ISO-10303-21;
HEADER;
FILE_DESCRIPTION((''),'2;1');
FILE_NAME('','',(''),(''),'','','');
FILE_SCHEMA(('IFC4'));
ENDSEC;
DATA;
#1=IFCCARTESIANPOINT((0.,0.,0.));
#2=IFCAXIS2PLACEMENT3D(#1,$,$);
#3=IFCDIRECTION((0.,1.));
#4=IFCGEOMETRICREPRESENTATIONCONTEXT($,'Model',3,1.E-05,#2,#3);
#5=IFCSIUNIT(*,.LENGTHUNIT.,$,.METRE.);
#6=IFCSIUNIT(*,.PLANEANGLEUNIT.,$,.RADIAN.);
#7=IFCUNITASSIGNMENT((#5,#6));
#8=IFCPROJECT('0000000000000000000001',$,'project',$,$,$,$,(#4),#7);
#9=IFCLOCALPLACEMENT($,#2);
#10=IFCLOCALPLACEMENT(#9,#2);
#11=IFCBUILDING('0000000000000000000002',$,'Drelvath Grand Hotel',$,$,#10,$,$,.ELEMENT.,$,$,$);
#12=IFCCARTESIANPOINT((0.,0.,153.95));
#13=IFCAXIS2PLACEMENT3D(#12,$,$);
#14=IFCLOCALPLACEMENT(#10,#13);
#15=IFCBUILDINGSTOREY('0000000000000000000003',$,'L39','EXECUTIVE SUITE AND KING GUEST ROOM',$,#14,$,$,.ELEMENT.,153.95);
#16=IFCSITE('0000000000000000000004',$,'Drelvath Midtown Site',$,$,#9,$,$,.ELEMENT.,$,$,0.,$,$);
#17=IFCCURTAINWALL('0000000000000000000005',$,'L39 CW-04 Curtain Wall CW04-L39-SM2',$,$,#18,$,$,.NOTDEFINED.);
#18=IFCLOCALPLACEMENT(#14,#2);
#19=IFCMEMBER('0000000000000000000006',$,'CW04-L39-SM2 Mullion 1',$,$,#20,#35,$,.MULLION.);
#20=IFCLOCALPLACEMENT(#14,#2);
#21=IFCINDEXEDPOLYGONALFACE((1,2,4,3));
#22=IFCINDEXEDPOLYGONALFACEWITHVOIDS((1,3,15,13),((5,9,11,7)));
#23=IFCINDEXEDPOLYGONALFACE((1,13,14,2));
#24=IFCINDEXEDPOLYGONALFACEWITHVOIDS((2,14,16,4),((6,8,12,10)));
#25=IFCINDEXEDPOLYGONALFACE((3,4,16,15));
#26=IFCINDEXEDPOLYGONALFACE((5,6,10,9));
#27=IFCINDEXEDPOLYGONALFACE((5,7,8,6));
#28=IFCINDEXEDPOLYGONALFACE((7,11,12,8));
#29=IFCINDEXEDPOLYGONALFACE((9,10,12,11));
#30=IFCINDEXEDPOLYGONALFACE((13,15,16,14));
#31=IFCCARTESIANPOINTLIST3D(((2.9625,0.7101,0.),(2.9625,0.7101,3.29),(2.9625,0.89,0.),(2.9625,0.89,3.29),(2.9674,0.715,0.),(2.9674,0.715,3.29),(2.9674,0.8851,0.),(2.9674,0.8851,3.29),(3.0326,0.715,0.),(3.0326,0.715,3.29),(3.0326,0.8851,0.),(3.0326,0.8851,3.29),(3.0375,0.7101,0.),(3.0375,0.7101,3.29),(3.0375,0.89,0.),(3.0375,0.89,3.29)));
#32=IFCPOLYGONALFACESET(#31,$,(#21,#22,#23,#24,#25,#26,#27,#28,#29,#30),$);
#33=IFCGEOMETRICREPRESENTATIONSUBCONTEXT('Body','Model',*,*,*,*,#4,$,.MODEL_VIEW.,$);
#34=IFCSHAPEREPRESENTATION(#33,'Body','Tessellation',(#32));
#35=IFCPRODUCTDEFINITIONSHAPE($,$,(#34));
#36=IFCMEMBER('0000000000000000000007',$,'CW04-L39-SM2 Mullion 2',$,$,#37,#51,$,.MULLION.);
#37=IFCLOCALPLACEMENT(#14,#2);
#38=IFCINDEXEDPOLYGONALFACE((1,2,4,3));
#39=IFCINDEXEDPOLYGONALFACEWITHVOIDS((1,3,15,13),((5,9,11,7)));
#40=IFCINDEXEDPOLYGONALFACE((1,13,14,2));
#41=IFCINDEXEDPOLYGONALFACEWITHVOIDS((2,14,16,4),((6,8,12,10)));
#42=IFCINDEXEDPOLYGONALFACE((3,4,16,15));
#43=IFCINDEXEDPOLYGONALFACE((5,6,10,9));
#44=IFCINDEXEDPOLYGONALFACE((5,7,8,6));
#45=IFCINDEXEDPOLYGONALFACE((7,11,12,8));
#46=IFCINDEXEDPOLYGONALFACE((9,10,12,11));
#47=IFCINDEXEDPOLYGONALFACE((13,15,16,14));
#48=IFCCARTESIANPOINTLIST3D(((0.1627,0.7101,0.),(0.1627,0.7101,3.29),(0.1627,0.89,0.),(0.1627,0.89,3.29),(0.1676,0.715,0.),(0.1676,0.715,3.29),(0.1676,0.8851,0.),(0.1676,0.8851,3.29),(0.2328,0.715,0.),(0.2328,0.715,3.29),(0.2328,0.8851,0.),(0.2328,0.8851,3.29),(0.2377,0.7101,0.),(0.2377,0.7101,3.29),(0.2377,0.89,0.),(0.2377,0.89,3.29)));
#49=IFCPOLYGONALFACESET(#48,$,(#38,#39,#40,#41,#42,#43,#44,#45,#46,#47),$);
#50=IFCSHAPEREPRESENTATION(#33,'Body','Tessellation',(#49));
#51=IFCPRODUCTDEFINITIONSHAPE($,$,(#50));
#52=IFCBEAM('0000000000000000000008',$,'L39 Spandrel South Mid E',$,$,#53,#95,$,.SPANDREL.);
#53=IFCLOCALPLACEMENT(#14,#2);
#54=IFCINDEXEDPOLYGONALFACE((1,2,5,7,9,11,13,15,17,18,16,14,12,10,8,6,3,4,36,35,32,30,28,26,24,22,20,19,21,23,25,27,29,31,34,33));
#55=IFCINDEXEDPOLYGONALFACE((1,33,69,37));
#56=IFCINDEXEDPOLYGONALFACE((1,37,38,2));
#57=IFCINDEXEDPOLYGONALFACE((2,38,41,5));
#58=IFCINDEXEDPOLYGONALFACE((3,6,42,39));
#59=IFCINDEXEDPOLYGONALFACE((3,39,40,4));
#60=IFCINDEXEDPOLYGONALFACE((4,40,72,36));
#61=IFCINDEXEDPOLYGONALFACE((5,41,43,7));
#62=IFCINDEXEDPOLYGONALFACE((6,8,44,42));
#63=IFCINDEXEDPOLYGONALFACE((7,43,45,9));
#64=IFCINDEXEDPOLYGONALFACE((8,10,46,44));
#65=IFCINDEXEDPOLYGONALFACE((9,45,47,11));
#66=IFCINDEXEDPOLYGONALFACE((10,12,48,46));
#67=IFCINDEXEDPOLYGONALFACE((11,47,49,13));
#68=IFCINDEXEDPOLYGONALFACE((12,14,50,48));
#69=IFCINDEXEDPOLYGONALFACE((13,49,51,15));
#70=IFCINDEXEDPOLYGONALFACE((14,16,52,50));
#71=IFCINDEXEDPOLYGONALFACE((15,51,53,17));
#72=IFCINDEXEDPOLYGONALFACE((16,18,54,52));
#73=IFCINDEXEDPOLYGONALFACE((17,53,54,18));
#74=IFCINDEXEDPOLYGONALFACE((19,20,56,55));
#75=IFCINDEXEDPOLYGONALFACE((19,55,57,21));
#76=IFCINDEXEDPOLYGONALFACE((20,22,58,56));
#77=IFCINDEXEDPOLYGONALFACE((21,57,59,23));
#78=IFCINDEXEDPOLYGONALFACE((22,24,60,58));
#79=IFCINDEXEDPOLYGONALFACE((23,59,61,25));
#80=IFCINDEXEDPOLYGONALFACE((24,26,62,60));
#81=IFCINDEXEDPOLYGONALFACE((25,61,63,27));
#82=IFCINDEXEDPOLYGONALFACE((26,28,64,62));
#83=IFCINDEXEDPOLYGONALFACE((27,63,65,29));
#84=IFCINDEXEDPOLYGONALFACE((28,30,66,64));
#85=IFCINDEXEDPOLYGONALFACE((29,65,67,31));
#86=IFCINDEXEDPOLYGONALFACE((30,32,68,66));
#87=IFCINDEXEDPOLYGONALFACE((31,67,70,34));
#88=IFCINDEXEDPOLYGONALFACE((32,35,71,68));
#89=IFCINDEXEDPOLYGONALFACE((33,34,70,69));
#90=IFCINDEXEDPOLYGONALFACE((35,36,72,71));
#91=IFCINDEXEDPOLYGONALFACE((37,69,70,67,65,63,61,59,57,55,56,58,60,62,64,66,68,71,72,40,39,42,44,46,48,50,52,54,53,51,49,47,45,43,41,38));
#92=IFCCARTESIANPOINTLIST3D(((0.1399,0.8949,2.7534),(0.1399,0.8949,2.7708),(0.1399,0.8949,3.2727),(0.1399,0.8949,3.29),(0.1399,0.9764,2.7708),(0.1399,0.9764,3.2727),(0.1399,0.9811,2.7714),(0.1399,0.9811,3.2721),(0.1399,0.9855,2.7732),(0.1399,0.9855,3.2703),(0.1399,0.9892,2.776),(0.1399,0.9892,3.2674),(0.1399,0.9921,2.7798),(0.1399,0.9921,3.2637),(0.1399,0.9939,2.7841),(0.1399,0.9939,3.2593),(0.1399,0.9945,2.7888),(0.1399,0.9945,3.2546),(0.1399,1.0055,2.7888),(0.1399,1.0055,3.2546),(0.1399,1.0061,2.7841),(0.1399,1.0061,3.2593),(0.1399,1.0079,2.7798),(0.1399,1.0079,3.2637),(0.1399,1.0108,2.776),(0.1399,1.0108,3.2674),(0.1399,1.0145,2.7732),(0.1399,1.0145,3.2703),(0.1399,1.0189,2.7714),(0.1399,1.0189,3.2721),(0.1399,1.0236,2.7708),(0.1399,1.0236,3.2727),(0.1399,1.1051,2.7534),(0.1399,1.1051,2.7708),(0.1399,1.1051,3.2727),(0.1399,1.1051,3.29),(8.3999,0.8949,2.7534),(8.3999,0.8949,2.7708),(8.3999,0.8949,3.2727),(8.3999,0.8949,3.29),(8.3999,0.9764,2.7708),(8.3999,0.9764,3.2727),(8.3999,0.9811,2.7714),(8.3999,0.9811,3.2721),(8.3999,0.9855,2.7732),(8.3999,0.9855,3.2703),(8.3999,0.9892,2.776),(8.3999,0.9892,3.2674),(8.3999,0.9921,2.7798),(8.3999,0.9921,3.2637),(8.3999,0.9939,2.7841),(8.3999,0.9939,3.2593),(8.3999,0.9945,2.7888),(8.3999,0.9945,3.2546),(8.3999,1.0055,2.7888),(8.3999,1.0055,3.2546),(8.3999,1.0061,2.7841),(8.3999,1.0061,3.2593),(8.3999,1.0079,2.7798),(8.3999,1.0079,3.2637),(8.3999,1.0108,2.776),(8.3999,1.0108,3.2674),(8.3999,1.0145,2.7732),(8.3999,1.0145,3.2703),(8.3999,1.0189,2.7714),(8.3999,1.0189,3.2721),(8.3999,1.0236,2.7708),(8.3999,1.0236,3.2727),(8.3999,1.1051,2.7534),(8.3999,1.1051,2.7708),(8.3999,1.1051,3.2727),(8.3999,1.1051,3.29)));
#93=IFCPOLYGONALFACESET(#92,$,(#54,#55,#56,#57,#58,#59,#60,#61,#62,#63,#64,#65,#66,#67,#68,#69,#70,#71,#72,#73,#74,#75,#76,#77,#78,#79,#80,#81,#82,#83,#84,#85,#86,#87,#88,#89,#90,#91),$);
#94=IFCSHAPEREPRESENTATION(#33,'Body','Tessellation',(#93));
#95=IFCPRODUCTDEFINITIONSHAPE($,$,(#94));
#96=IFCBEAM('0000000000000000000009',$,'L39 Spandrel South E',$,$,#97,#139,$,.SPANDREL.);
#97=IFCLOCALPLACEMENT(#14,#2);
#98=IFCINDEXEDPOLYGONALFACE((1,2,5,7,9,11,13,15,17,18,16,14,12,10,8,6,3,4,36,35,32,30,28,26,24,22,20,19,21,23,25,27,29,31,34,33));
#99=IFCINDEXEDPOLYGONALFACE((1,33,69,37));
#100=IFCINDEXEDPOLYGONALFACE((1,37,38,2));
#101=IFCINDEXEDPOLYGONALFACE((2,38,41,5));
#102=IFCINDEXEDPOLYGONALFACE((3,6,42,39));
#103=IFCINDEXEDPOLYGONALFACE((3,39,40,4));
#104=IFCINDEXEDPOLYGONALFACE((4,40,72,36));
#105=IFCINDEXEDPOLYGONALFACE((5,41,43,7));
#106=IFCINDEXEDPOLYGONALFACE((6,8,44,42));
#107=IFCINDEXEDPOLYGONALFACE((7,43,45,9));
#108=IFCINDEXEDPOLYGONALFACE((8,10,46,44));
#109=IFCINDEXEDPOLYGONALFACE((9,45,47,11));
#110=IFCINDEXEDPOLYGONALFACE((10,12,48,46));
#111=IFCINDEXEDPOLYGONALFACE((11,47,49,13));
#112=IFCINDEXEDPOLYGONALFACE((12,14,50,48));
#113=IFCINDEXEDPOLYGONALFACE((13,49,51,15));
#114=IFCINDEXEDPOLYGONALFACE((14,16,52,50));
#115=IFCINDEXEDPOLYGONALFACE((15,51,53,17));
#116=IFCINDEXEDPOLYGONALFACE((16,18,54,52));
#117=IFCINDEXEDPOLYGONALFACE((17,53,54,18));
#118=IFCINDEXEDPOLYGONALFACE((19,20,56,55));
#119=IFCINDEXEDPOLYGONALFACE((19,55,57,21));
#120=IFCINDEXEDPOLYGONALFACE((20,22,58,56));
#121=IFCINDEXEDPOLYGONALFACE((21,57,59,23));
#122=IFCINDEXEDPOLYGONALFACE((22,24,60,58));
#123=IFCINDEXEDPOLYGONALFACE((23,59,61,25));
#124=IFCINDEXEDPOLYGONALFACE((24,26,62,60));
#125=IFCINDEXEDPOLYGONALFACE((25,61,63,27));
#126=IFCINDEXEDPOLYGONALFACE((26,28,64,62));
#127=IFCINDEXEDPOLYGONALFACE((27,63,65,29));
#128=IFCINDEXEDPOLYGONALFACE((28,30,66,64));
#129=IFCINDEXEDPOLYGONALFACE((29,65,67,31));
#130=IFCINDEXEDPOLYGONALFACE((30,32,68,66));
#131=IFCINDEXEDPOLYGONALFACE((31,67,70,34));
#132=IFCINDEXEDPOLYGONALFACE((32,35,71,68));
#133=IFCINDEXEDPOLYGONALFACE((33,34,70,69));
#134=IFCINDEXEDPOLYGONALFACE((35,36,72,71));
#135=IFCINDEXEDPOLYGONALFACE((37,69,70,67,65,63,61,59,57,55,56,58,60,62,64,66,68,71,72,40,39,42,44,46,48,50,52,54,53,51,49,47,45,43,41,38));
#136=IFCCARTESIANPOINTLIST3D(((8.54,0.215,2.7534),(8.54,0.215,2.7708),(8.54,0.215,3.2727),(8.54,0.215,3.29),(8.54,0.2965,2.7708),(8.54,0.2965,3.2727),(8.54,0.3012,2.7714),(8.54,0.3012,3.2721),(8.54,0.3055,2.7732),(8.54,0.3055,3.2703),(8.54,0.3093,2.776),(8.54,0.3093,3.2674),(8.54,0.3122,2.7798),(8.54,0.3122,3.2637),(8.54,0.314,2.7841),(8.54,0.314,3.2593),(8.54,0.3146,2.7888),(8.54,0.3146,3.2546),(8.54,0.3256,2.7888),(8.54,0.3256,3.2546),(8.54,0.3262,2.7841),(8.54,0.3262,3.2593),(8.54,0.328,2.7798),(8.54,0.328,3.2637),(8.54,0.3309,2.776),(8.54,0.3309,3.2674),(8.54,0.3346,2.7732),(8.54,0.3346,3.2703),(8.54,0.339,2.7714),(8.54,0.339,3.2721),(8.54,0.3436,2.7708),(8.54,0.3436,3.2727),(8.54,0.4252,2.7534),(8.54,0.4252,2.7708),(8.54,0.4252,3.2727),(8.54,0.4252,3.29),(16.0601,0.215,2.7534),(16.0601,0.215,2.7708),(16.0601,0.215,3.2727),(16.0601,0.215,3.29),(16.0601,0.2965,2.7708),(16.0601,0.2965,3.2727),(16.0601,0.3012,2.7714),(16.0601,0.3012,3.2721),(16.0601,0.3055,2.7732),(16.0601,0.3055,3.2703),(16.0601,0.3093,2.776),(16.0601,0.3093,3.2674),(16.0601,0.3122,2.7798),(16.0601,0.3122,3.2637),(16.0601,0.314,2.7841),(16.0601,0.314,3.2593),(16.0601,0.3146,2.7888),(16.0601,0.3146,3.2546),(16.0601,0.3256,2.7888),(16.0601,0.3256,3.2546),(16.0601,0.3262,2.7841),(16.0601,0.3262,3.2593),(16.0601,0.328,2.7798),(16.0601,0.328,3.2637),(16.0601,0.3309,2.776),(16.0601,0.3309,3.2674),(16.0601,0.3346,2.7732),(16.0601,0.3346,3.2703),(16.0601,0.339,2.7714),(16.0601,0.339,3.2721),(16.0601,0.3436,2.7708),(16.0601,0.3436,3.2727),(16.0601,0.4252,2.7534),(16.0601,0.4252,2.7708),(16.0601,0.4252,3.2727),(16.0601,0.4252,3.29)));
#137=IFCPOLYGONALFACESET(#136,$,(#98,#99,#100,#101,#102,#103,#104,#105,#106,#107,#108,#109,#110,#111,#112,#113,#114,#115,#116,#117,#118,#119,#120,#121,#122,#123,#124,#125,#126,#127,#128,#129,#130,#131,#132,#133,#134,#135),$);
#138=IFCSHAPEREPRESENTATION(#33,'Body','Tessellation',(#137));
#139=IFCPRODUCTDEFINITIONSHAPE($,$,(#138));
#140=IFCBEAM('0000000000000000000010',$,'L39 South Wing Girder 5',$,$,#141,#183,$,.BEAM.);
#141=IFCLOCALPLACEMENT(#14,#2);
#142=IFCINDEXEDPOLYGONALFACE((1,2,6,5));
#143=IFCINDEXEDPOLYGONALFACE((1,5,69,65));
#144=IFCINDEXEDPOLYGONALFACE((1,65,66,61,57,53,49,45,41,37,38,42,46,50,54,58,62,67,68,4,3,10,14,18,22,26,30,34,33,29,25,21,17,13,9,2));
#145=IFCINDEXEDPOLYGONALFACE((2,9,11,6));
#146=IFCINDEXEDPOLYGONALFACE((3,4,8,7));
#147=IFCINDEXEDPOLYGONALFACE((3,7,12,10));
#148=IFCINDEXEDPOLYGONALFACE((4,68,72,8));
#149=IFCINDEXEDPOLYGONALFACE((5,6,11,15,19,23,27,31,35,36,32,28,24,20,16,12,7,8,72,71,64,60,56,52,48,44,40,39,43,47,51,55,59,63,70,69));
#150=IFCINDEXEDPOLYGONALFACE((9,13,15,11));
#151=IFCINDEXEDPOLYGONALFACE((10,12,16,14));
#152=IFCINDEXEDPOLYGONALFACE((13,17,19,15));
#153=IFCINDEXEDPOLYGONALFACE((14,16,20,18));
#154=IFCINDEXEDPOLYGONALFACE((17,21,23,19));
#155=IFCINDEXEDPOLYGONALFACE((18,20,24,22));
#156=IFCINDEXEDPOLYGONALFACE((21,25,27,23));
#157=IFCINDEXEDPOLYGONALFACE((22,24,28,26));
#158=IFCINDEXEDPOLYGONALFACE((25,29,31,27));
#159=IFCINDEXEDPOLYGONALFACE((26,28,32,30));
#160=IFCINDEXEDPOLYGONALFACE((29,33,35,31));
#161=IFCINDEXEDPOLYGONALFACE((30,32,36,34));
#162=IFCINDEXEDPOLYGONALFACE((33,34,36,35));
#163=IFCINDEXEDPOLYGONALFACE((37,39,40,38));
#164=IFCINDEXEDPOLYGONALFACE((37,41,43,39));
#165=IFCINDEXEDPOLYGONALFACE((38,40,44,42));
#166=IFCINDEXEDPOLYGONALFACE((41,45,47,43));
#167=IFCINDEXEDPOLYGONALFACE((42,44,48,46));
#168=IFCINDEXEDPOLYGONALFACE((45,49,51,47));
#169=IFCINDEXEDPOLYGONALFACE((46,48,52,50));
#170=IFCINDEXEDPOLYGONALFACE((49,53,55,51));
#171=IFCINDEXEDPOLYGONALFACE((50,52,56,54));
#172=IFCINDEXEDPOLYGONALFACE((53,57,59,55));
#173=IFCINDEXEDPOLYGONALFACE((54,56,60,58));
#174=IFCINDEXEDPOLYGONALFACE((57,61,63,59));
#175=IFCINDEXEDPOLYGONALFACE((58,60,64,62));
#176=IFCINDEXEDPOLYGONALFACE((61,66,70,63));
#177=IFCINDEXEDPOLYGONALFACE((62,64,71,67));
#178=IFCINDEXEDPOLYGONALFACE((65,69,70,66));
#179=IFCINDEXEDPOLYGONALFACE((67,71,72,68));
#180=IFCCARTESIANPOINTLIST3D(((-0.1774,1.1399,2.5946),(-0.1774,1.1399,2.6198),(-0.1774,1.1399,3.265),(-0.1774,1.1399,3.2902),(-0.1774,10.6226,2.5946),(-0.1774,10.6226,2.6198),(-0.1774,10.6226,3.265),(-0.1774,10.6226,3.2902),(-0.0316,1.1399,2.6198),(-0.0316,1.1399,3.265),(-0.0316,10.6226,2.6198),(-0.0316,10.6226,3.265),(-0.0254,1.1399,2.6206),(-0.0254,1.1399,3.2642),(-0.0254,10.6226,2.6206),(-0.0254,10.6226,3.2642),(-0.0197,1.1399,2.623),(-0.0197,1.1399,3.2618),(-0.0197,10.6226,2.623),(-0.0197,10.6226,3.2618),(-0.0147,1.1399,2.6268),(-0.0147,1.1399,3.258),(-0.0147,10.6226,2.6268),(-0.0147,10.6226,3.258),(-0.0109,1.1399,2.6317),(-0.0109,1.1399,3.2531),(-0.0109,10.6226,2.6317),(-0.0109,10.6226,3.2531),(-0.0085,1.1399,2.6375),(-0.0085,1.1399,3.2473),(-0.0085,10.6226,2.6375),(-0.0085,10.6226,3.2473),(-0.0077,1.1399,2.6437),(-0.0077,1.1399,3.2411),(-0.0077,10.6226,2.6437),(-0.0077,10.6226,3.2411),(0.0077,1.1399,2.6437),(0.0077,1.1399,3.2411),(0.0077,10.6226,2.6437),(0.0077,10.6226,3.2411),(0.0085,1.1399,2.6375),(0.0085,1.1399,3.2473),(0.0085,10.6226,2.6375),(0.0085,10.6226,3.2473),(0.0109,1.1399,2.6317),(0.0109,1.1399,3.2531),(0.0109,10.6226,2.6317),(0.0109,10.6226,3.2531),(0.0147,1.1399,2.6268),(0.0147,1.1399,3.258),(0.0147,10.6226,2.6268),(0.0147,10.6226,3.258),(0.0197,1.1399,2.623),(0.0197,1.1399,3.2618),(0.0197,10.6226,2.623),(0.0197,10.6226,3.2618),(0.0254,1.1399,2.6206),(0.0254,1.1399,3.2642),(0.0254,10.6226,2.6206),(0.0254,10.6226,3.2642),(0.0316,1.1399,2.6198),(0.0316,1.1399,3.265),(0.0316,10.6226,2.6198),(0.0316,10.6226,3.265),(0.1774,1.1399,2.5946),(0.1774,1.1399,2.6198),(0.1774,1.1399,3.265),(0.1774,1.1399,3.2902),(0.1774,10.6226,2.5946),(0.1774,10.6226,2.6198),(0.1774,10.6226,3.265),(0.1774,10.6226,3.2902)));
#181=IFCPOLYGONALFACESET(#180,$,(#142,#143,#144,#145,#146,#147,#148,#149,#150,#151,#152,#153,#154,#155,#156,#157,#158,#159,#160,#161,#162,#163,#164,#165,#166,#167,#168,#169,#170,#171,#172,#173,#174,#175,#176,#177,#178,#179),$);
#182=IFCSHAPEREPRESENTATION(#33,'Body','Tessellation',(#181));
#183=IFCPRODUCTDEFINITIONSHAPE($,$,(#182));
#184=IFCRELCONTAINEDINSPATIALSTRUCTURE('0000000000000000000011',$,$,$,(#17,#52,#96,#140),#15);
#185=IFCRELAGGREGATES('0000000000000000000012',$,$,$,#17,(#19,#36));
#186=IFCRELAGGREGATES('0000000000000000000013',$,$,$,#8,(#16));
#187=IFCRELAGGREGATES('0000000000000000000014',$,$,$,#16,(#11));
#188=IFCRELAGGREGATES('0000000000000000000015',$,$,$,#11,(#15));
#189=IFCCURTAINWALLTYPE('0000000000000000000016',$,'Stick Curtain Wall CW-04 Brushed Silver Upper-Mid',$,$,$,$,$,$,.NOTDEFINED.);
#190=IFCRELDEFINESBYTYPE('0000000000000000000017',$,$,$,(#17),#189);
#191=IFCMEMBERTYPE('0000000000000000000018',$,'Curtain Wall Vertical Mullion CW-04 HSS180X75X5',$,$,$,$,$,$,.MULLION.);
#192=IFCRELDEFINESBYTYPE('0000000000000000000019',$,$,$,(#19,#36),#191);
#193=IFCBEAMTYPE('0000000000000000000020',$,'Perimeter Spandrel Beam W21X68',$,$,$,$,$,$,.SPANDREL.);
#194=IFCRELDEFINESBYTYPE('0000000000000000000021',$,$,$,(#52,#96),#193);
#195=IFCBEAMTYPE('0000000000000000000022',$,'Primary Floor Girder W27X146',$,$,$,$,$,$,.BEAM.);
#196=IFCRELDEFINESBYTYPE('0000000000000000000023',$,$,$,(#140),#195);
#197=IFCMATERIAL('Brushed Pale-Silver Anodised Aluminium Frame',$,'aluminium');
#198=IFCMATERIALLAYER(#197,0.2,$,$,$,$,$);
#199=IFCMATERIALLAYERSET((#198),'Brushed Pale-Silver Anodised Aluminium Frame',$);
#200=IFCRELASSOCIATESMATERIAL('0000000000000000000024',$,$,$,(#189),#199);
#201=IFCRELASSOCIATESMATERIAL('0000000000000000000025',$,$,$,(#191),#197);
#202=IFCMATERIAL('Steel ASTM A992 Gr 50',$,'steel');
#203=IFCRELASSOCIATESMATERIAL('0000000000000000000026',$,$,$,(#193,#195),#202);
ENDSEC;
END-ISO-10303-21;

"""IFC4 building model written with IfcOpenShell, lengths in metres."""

from ifc_helpers import new_model, si_unit, direction, frame, origin, origin_2d, place, context, subcontext, project, spatial, hollow_rectangle, i_section, extrude, material, layer, layer_set, material_profile, profile_set, type_object, element, aggregate, save


model = new_model("IFC4")

# Units and contexts
model_context = context("Model", 3, precision=1e-05, world=origin(), true_north=direction((0.0, 1.0)))
body_context = subcontext(model_context, "Body", "Model", "MODEL_VIEW")
ifc_project = project(units=[si_unit("LENGTHUNIT", "METRE"), si_unit("PLANEANGLEUNIT", "RADIAN")], contexts=[model_context])

# Site, building, storey
site_placement = place(None, origin())
site = spatial("IfcSite", under=ifc_project, at=site_placement, Name="Drelvath Midtown Site", CompositionType="ELEMENT", RefElevation=0.0)
building_placement = place(site_placement, origin())
building = spatial("IfcBuilding", under=site, at=building_placement, Name="Drelvath Grand Hotel", CompositionType="ELEMENT")
storey_placement = place(building_placement, frame((0.0, 0.0, 153.95)))
storey = spatial("IfcBuildingStorey", under=building, at=storey_placement, Name="L39", Description="EXECUTIVE SUITE AND KING GUEST ROOM", CompositionType="ELEMENT", Elevation=153.95)

# Curtain wall
ifc_material_1 = material(Name="Brushed Pale-Silver Anodised Aluminium Frame", Category="aluminium")
ifc_layer_1 = layer(ifc_material_1, 0.2)
ifc_layer_set_1 = layer_set([ifc_layer_1], Name="Brushed Pale-Silver Anodised Aluminium Frame")
curtain_wall_type = type_object("IfcCurtainWallType", Name="Stick Curtain Wall CW-04 Brushed Silver Upper-Mid", PredefinedType="NOTDEFINED", material=ifc_layer_set_1)
curtain_wall_1_placement = place(storey_placement, origin())
curtain_wall_1 = element("IfcCurtainWall", 1, at=curtain_wall_1_placement, inside=storey, type_object=curtain_wall_type, Name="L39 CW-04 Curtain Wall CW04-L39-SM2", PredefinedType="NOTDEFINED")

# Shared definitions
ifc_material_profile_1 = material_profile(ifc_material_1, hollow_rectangle(XDim=0.075, YDim=0.1799, WallThickness=0.0049, at=origin_2d()), Name="HSS180X75X5")
ifc_profile_set_1 = profile_set([ifc_material_profile_1], Name="Brushed Pale-Silver Anodised Aluminium Frame")
member_type_1 = type_object("IfcMemberType", Name="Curtain Wall Vertical Mullion CW-04 HSS180X75X5", PredefinedType="MULLION", material=ifc_profile_set_1)

# Members
member_1_placement = place(storey_placement, frame((3.0, 0.8, 0.0), z_axis=(0.0, 0.0, 1.0), x_axis=(1.0, 0.0, 0.0)))
member_1 = element("IfcMember", 2, at=member_1_placement, type_object=member_type_1, Name="CW04-L39-SM2 Mullion 1", PredefinedType="MULLION", context=body_context, shape_type="SweptSolid", body=[
    extrude(hollow_rectangle(XDim=0.075, YDim=0.1799, WallThickness=0.0049, at=origin_2d()), origin(), (0.0, 0.0, 1.0), 3.29),
])
member_2_placement = place(storey_placement, frame((0.2002, 0.8, 0.0), z_axis=(0.0, 0.0, 1.0), x_axis=(1.0, 0.0, 0.0)))
member_2 = element("IfcMember", 3, at=member_2_placement, type_object=member_type_1, Name="CW04-L39-SM2 Mullion 2", PredefinedType="MULLION", context=body_context, shape_type="SweptSolid", body=[
    extrude(hollow_rectangle(XDim=0.075, YDim=0.1799, WallThickness=0.0049, at=origin_2d()), origin(), (0.0, 0.0, 1.0), 3.29),
])

# Beams
ifc_material_2 = material(Name="Steel ASTM A992 Gr 50", Category="steel")
ifc_material_profile_2 = material_profile(ifc_material_2, i_section(OverallWidth=0.2102, OverallDepth=0.5366, WebThickness=0.011, FlangeThickness=0.0173, FilletRadius=0.0181, at=origin_2d()), Name="W21X68")
ifc_profile_set_2 = profile_set([ifc_material_profile_2], Name="Steel ASTM A992 Gr 50")
beam_type_1 = type_object("IfcBeamType", Name="Perimeter Spandrel Beam W21X68", PredefinedType="SPANDREL", material=ifc_profile_set_2)
beam_1_placement = place(storey_placement, frame((0.1399, 1.0, 3.0217), z_axis=(1.0, 0.0, 0.0), x_axis=(0.0, 1.0, 0.0)))
element("IfcBeam", 4, at=beam_1_placement, inside=storey, type_object=beam_type_1, Name="L39 Spandrel South Mid E", PredefinedType="SPANDREL", context=body_context, shape_type="SweptSolid", body=[
    extrude(i_section(OverallWidth=0.2102, OverallDepth=0.5366, WebThickness=0.011, FlangeThickness=0.0173, FilletRadius=0.0181, at=origin_2d()), origin(), (0.0, 0.0, 1.0), 8.26),
])
beam_2_placement = place(storey_placement, frame((8.54, 0.3201, 3.0217), z_axis=(1.0, 0.0, 0.0), x_axis=(0.0, 1.0, 0.0)))
element("IfcBeam", 5, at=beam_2_placement, inside=storey, type_object=beam_type_1, Name="L39 Spandrel South E", PredefinedType="SPANDREL", context=body_context, shape_type="SweptSolid", body=[
    extrude(i_section(OverallWidth=0.2102, OverallDepth=0.5366, WebThickness=0.011, FlangeThickness=0.0173, FilletRadius=0.0181, at=origin_2d()), origin(), (0.0, 0.0, 1.0), 7.52),
])
ifc_material_profile_3 = material_profile(ifc_material_2, i_section(OverallWidth=0.3547, OverallDepth=0.6956, WebThickness=0.0154, FlangeThickness=0.0251, FilletRadius=0.0239, at=origin_2d()), Name="W27X146")
ifc_profile_set_3 = profile_set([ifc_material_profile_3], Name="Steel ASTM A992 Gr 50")
beam_type_2 = type_object("IfcBeamType", Name="Primary Floor Girder W27X146", PredefinedType="BEAM", material=ifc_profile_set_3)
beam_3_placement = place(storey_placement, frame((0.0, 1.1399, 2.9424), z_axis=(0.0, 1.0, 0.0), x_axis=(-1.0, 0.0, 0.0)))
element("IfcBeam", 6, at=beam_3_placement, inside=storey, type_object=beam_type_2, Name="L39 South Wing Girder 5", PredefinedType="BEAM", context=body_context, shape_type="SweptSolid", body=[
    extrude(i_section(OverallWidth=0.3547, OverallDepth=0.6956, WebThickness=0.0154, FlangeThickness=0.0251, FilletRadius=0.0239, at=origin_2d()), origin(), (0.0, 0.0, 1.0), 9.4827),
])

aggregate(curtain_wall_1, [member_1, member_2])

save(model, "model.ifc")
